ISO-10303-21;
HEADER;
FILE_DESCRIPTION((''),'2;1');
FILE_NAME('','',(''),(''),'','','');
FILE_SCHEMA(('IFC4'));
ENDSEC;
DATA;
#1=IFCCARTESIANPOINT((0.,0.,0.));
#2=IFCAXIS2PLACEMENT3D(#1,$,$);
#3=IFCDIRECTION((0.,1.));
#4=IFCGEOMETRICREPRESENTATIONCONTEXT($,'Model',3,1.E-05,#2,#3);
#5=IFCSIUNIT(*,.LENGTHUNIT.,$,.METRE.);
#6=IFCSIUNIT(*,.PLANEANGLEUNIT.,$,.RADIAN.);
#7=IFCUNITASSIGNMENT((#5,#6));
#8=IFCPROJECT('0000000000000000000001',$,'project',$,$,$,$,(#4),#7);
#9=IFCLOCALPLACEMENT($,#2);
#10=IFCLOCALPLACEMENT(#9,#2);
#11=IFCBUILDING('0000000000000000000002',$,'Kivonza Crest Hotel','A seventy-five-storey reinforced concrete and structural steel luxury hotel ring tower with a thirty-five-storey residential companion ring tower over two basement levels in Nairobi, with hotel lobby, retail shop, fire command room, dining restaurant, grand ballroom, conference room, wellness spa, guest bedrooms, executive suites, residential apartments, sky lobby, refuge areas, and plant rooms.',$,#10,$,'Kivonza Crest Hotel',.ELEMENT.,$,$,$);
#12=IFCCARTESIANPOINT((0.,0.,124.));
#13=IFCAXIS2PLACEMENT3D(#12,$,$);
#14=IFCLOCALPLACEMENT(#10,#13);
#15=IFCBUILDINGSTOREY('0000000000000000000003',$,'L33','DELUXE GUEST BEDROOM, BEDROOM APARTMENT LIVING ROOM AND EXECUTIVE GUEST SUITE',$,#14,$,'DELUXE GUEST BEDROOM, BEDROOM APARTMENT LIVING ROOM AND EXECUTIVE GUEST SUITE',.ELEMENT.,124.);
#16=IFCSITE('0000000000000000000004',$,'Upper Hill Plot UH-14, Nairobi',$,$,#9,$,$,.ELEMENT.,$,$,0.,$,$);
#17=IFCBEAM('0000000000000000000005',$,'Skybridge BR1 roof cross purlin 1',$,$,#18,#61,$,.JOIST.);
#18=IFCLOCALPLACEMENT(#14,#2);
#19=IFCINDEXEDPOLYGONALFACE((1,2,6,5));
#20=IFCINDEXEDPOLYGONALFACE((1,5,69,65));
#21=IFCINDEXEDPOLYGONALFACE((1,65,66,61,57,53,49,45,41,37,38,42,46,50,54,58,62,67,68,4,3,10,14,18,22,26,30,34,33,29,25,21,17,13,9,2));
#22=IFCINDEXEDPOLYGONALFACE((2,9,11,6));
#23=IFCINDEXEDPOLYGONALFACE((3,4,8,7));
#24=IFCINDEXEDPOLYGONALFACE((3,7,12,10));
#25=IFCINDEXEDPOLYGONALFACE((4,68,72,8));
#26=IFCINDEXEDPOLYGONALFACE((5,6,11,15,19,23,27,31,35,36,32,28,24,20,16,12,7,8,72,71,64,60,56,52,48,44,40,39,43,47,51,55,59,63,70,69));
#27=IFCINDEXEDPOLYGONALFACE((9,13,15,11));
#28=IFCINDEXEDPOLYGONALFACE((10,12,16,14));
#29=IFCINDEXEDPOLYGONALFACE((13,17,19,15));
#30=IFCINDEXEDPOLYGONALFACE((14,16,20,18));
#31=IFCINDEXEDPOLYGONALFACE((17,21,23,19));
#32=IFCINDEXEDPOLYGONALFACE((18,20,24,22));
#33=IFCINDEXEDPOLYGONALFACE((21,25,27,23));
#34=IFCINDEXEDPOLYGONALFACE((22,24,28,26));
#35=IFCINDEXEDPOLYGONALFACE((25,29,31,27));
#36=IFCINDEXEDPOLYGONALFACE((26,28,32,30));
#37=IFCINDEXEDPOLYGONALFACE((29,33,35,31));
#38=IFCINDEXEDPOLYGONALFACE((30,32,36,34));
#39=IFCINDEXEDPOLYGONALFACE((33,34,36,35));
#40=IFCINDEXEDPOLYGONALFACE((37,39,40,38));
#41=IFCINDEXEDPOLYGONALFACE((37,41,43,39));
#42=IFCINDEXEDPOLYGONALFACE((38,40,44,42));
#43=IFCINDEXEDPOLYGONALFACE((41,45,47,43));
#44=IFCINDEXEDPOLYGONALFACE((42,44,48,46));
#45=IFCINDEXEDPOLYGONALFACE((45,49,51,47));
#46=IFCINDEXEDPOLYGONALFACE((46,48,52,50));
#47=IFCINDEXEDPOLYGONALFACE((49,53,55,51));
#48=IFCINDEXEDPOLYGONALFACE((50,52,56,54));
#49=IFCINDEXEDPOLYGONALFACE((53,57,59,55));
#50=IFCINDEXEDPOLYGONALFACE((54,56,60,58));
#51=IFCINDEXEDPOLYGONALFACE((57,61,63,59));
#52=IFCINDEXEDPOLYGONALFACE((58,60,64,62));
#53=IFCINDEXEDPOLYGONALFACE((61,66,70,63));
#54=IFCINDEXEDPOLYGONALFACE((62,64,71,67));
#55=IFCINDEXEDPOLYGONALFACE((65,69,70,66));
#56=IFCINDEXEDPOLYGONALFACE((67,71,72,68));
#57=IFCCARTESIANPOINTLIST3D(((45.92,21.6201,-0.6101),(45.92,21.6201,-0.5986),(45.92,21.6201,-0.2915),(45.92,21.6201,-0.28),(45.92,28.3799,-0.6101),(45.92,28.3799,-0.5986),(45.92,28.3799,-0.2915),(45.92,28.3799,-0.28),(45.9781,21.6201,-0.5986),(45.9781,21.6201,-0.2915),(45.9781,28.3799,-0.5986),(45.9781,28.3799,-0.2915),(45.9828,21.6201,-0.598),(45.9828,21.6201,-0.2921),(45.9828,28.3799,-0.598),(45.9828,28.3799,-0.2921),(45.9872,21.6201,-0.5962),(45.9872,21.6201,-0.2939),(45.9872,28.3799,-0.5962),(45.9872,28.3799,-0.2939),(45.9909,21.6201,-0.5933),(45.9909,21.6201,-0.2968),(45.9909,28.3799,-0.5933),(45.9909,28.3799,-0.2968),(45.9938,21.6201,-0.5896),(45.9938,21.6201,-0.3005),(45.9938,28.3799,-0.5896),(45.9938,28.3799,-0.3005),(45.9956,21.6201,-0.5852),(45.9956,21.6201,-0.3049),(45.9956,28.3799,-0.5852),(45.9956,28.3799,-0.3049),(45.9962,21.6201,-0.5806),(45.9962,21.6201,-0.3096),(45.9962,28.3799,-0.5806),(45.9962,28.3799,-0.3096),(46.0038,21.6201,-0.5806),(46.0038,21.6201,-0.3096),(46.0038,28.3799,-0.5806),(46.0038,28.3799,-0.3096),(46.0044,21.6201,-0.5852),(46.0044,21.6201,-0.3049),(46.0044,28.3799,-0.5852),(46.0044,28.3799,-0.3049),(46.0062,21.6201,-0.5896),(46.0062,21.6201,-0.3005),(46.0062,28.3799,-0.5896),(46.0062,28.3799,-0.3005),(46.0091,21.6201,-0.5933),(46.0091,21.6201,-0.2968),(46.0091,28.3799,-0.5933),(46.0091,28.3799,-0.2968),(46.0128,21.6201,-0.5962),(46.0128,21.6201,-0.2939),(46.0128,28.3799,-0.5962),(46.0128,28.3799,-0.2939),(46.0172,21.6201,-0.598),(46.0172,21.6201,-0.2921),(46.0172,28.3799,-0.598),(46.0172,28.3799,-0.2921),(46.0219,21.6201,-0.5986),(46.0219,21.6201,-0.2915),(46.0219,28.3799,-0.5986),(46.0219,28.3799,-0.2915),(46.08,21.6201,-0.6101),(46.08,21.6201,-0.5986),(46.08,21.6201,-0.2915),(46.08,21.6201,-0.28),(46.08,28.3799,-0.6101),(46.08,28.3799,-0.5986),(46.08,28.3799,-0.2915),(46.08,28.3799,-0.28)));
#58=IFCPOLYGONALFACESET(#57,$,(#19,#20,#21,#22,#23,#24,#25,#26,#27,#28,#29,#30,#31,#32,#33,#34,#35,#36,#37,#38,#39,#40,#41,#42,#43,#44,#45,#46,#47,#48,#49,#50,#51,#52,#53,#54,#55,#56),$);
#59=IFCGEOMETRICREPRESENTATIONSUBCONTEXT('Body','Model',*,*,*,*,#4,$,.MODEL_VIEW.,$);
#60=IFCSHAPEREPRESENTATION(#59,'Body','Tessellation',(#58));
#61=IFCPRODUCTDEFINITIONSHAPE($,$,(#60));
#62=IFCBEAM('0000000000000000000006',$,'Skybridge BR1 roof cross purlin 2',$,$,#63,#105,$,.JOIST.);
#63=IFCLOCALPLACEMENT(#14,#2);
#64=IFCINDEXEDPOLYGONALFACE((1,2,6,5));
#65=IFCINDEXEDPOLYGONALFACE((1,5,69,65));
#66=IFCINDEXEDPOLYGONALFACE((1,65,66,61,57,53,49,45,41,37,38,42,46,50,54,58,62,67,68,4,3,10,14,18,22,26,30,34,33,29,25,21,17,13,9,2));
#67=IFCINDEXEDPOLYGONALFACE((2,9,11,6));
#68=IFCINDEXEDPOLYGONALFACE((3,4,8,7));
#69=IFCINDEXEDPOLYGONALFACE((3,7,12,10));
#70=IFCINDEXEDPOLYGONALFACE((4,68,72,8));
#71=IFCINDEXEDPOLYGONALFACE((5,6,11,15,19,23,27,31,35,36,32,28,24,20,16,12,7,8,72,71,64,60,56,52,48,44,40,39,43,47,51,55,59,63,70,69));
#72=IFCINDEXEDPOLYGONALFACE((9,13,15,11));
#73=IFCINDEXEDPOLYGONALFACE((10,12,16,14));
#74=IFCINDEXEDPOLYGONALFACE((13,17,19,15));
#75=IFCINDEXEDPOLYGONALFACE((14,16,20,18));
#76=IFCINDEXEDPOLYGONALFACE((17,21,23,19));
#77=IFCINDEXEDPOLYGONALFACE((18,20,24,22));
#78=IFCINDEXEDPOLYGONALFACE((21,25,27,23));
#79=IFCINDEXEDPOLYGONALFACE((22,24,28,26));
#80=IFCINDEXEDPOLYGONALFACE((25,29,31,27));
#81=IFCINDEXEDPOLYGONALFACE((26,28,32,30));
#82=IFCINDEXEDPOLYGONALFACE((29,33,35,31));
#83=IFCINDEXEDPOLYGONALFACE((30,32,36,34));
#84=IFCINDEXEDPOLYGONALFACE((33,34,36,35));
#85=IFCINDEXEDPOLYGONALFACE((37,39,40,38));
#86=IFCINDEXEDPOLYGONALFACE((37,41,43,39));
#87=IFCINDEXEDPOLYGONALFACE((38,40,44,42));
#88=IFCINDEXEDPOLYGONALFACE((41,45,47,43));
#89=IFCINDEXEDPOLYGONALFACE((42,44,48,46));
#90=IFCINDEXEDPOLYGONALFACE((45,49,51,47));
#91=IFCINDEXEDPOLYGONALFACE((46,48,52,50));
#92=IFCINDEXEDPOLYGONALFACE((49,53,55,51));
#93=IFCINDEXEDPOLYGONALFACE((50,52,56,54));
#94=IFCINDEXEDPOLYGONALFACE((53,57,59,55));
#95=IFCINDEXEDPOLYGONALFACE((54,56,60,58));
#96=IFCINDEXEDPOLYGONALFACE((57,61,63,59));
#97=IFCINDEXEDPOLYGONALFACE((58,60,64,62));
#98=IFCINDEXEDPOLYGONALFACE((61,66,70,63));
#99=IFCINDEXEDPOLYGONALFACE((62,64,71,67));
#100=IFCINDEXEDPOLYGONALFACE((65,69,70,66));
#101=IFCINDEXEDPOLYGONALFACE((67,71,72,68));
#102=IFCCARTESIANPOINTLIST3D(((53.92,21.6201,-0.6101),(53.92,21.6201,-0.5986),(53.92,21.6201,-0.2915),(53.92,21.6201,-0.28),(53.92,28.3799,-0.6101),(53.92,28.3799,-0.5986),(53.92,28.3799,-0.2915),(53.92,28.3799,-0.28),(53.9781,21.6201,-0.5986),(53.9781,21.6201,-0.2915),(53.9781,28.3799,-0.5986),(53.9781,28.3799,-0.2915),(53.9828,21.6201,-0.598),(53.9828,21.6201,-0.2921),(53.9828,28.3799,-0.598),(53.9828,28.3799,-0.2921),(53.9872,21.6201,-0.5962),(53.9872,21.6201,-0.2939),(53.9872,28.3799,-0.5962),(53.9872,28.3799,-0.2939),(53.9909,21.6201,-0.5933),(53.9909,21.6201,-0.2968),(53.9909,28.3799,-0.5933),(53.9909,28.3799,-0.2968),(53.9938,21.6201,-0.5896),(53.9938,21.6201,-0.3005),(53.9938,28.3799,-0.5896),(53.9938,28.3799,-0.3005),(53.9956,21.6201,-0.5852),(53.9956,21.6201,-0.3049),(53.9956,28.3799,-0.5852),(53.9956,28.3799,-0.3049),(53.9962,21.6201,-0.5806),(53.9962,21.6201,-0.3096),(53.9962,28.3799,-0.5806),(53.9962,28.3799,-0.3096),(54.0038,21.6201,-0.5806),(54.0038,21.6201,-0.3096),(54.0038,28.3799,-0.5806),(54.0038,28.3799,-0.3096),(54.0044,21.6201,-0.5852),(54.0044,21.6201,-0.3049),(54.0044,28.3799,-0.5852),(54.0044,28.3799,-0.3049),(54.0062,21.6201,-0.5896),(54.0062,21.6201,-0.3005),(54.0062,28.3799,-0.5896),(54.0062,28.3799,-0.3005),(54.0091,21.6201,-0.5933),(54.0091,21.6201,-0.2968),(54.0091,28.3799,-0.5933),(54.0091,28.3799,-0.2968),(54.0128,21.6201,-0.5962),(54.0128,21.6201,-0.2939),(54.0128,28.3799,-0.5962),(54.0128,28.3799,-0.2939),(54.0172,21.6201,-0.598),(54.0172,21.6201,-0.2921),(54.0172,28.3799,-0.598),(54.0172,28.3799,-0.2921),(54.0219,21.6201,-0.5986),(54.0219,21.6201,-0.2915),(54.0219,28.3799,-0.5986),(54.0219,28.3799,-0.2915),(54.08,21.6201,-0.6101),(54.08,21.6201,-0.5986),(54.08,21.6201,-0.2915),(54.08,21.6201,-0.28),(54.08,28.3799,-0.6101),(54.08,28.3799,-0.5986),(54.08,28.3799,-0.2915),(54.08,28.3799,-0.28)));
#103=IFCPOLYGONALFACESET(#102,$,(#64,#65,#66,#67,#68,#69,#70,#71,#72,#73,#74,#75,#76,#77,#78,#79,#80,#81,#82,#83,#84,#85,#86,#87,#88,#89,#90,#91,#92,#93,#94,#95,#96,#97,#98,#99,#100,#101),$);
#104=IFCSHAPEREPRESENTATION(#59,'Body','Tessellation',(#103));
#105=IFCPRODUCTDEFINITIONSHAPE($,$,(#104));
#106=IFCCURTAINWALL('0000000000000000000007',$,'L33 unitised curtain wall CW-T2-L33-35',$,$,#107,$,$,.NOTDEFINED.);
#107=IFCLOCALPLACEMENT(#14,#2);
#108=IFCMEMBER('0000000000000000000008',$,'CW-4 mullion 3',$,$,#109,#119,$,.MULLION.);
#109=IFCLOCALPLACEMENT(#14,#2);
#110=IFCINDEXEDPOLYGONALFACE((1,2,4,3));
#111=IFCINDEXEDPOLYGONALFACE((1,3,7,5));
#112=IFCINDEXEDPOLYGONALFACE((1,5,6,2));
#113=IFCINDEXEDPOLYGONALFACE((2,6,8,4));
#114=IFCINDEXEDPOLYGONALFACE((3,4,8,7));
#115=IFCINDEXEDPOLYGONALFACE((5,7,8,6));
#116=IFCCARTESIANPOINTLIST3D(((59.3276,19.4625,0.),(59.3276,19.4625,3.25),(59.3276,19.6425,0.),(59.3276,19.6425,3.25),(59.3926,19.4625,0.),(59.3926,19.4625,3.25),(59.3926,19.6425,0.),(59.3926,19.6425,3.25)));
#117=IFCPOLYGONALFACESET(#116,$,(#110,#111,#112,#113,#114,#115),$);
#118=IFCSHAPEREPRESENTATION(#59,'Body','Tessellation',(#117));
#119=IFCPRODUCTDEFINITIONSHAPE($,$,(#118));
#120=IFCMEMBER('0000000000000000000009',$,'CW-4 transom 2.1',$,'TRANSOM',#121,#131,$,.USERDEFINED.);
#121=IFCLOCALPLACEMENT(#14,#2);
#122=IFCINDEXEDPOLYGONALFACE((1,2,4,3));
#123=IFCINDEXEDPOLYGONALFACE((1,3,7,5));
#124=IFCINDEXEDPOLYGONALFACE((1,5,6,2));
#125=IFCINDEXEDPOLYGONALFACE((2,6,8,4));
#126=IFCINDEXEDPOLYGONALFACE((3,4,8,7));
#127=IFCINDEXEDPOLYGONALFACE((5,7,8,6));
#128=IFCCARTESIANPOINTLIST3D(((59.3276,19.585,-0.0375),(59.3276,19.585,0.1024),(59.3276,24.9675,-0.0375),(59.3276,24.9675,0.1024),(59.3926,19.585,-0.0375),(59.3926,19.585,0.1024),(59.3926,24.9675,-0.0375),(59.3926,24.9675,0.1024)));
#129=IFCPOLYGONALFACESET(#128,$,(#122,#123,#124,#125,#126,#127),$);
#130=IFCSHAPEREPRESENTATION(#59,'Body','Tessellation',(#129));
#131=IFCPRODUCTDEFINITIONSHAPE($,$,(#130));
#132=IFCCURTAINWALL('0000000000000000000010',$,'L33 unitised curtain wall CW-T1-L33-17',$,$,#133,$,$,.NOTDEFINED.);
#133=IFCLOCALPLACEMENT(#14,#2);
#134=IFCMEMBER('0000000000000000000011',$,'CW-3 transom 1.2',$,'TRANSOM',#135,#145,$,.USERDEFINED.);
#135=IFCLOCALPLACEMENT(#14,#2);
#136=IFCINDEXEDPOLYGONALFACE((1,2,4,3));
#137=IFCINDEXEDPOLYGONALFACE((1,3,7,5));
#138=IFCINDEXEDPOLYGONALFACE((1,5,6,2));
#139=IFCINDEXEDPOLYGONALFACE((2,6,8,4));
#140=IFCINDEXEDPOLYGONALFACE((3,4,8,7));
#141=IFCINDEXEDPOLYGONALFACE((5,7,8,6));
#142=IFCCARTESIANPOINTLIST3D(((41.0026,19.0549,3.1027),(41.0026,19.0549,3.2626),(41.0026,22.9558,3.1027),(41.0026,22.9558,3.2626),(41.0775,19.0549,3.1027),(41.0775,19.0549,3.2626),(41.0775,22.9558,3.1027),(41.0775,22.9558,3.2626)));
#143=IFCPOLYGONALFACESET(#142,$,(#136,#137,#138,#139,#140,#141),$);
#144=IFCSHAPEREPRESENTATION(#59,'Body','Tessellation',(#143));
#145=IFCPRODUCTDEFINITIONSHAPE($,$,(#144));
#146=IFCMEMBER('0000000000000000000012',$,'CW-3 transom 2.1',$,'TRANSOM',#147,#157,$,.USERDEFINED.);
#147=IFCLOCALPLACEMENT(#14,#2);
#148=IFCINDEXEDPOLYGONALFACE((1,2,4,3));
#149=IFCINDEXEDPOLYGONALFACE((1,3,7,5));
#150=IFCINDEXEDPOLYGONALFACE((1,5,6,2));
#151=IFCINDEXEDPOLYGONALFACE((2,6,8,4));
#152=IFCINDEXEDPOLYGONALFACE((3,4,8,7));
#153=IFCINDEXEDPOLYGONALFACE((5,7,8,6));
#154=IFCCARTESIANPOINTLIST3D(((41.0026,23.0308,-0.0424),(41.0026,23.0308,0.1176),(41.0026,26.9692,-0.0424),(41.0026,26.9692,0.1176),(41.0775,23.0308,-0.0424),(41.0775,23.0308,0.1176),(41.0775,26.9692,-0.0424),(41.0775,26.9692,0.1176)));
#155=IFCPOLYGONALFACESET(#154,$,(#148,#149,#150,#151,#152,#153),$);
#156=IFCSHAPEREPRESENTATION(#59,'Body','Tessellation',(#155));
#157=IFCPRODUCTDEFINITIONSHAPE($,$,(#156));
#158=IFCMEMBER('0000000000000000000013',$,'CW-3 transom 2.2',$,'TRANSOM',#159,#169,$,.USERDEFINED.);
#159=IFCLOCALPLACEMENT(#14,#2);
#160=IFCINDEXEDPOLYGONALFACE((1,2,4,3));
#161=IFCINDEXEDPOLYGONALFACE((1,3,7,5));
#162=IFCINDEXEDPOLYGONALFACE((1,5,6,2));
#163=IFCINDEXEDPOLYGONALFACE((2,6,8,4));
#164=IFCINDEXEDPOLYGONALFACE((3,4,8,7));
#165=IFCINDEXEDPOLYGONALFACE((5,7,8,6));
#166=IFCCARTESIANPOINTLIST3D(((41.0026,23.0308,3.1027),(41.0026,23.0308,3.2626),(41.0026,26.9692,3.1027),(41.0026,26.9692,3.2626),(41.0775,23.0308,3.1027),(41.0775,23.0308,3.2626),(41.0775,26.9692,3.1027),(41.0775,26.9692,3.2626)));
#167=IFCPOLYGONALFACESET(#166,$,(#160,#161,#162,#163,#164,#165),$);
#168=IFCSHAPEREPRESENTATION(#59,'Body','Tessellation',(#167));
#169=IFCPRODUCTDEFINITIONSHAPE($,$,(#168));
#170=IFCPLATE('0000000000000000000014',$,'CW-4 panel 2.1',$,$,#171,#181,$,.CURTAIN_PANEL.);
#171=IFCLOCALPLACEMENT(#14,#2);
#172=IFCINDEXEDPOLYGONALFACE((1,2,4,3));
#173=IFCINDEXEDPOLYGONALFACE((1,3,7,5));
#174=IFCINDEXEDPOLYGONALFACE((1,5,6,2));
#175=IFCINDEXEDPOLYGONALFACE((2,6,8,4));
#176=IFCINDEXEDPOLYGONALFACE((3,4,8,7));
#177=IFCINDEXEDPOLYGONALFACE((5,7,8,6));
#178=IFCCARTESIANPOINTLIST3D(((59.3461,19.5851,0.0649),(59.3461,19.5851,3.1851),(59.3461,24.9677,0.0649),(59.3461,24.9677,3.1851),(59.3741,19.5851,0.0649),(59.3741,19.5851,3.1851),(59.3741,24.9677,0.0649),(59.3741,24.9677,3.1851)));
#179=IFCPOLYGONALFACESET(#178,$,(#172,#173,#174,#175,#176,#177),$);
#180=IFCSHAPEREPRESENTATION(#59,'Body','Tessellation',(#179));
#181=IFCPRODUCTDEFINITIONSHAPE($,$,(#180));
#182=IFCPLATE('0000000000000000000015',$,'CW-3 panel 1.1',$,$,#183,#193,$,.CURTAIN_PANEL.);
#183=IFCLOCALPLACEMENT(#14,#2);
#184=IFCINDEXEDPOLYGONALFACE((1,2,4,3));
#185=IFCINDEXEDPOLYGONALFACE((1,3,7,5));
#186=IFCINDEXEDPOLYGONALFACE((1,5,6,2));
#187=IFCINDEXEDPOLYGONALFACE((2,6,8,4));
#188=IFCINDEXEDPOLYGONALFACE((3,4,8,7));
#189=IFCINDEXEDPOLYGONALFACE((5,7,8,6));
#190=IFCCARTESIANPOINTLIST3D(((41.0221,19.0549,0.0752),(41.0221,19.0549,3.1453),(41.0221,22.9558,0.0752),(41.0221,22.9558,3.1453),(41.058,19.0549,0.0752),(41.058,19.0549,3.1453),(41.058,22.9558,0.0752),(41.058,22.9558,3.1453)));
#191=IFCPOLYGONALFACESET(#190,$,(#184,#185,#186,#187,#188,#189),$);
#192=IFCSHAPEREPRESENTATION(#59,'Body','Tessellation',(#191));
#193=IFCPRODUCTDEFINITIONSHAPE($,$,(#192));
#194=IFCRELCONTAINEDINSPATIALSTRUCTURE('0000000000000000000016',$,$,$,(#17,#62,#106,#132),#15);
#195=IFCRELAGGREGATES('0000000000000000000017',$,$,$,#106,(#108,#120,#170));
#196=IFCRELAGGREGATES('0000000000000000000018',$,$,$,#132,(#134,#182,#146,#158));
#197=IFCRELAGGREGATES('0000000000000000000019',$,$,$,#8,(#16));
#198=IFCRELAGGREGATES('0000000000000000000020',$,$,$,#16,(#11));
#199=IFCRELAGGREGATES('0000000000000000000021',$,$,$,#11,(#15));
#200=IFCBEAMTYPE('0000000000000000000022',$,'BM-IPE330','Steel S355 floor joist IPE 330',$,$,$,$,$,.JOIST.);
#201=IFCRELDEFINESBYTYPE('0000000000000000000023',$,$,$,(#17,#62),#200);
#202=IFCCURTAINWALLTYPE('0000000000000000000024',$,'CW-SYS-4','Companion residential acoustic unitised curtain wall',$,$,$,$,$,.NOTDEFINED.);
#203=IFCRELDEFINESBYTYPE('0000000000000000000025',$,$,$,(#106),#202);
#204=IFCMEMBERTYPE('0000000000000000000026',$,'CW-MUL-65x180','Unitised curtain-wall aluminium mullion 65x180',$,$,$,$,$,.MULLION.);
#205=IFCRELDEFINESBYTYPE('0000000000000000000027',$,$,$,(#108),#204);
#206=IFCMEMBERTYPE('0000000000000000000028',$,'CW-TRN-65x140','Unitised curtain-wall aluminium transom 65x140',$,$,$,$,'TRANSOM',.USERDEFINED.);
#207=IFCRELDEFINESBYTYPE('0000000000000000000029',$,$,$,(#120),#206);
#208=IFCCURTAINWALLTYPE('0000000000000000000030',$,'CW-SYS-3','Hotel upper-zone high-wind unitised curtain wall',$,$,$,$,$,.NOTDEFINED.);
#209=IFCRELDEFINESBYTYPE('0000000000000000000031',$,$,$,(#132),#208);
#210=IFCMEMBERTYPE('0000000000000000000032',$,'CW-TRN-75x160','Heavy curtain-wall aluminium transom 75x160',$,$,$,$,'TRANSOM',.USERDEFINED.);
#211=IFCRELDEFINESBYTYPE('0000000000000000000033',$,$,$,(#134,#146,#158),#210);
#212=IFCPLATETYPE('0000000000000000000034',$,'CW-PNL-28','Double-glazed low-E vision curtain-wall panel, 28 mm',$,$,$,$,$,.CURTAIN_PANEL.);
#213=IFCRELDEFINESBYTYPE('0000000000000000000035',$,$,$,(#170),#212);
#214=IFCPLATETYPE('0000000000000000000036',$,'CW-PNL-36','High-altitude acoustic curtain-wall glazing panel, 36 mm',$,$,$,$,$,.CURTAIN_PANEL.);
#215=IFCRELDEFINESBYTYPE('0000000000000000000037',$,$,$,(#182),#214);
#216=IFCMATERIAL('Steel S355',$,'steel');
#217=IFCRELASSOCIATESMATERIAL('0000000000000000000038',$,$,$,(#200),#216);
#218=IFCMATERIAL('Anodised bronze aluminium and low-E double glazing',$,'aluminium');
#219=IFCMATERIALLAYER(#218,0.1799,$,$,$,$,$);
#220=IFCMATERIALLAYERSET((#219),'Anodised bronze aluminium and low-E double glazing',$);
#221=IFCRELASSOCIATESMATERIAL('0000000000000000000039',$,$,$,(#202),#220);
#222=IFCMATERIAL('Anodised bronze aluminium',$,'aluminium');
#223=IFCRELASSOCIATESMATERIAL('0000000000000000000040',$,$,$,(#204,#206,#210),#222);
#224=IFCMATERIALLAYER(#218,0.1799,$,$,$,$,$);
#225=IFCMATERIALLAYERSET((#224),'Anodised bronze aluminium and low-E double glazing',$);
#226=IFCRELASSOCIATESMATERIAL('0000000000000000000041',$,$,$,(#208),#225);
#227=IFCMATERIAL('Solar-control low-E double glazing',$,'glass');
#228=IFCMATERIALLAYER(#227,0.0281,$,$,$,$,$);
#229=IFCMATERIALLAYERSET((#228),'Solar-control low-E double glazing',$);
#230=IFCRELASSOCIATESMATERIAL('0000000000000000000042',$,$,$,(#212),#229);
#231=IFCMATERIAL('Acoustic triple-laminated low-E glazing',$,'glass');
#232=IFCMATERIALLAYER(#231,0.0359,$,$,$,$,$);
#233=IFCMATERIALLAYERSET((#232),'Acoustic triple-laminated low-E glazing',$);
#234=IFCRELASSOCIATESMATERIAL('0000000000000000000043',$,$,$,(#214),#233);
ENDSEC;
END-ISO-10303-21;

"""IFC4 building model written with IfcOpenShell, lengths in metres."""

from ifc_helpers import new_model, si_unit, direction, frame, origin, origin_2d, place, context, subcontext, project, spatial, rectangle, i_section, extrude, material, layer, layer_set, material_profile, profile_set, type_object, element, aggregate, save


model = new_model("IFC4")

# Units and contexts
model_context = context("Model", 3, precision=1e-05, world=origin(), true_north=direction((0.0, 1.0)))
body_context = subcontext(model_context, "Body", "Model", "MODEL_VIEW")
ifc_project = project(units=[si_unit("LENGTHUNIT", "METRE"), si_unit("PLANEANGLEUNIT", "RADIAN")], contexts=[model_context])

# Site, building, storey
site_placement = place(None, origin())
site = spatial("IfcSite", under=ifc_project, at=site_placement, Name="Upper Hill Plot UH-14, Nairobi", CompositionType="ELEMENT", RefElevation=0.0)
building_placement = place(site_placement, origin())
building = spatial("IfcBuilding", under=site, at=building_placement, Name="Kivonza Crest Hotel", Description="A seventy-five-storey reinforced concrete and structural steel luxury hotel ring tower with a thirty-five-storey residential companion ring tower over two basement levels in Nairobi, with hotel lobby, retail shop, fire command room, dining restaurant, grand ballroom, conference room, wellness spa, guest bedrooms, executive suites, residential apartments, sky lobby, refuge areas, and plant rooms.", LongName="Kivonza Crest Hotel", CompositionType="ELEMENT")
storey_placement = place(building_placement, frame((0.0, 0.0, 124.0)))
storey = spatial("IfcBuildingStorey", under=building, at=storey_placement, Name="L33", Description="DELUXE GUEST BEDROOM, BEDROOM APARTMENT LIVING ROOM AND EXECUTIVE GUEST SUITE", LongName="DELUXE GUEST BEDROOM, BEDROOM APARTMENT LIVING ROOM AND EXECUTIVE GUEST SUITE", CompositionType="ELEMENT", Elevation=124.0)

# Beams
ifc_material_1 = material(Name="Steel S355", Category="steel")
ifc_material_profile_1 = material_profile(ifc_material_1, i_section(OverallWidth=0.1599, OverallDepth=0.3301, WebThickness=0.0076, FlangeThickness=0.0115, FilletRadius=0.0181, at=origin_2d()), Name="IPE 330")
ifc_profile_set_1 = profile_set([ifc_material_profile_1], Name="Steel S355")
beam_type = type_object("IfcBeamType", Name="BM-IPE330", Description="Steel S355 floor joist IPE 330", PredefinedType="JOIST", material=ifc_profile_set_1)
for number, where, z_axis, x_axis, name in (
    (1, (46.0, 21.6201, -0.4451), (0.0, 1.0, 0.0), (-1.0, 0.0, 0.0), "Skybridge BR1 roof cross purlin 1"),
    (2, (54.0, 21.6201, -0.4451), (0.0, 1.0, 0.0), (-1.0, 0.0, 0.0), "Skybridge BR1 roof cross purlin 2"),
):
    element("IfcBeam", number, at=place(storey_placement, frame(where, z_axis=z_axis, x_axis=x_axis)), inside=storey, type_object=beam_type, Name=name, PredefinedType="JOIST", context=body_context, shape_type="SweptSolid", body=[
        extrude(i_section(OverallWidth=0.1599, OverallDepth=0.3301, WebThickness=0.0076, FlangeThickness=0.0115, FilletRadius=0.0181, at=origin_2d()), origin(), (0.0, 0.0, 1.0), 6.7598),
    ])

# Curtain walls, members
ifc_material_2 = material(Name="Anodised bronze aluminium and low-E double glazing", Category="aluminium")
ifc_layer_1 = layer(ifc_material_2, 0.1799)
ifc_layer_set_1 = layer_set([ifc_layer_1], Name="Anodised bronze aluminium and low-E double glazing")
curtain_wall_type_1 = type_object("IfcCurtainWallType", Name="CW-SYS-4", Description="Companion residential acoustic unitised curtain wall", PredefinedType="NOTDEFINED", material=ifc_layer_set_1)
curtain_wall_1_placement = place(storey_placement, origin())
curtain_wall_1 = element("IfcCurtainWall", 3, at=curtain_wall_1_placement, inside=storey, type_object=curtain_wall_type_1, Name="L33 unitised curtain wall CW-T2-L33-35", PredefinedType="NOTDEFINED")
ifc_material_3 = material(Name="Anodised bronze aluminium", Category="aluminium")
ifc_material_profile_2 = material_profile(ifc_material_3, rectangle(XDim=0.0649, YDim=0.1799, at=origin_2d()), Name="CW-M 65x180")
ifc_profile_set_2 = profile_set([ifc_material_profile_2], Name="Anodised bronze aluminium")
member_type_1 = type_object("IfcMemberType", Name="CW-MUL-65x180", Description="Unitised curtain-wall aluminium mullion 65x180", PredefinedType="MULLION", material=ifc_profile_set_2)
member_1_placement = place(storey_placement, frame((59.3601, 19.5525, 0.0), z_axis=(0.0, 0.0, 1.0), x_axis=(1.0, 0.0, 0.0)))
member_1 = element("IfcMember", 4, at=member_1_placement, type_object=member_type_1, Name="CW-4 mullion 3", PredefinedType="MULLION", context=body_context, shape_type="SweptSolid", body=[
    extrude(rectangle(XDim=0.0649, YDim=0.1799, at=origin_2d()), origin(), (0.0, 0.0, 1.0), 3.25),
])
ifc_material_profile_3 = material_profile(ifc_material_3, rectangle(XDim=0.0649, YDim=0.1399, at=origin_2d()), Name="CW-T 65x140")
ifc_profile_set_3 = profile_set([ifc_material_profile_3], Name="Anodised bronze aluminium")
member_type_2 = type_object("IfcMemberType", Name="CW-TRN-65x140", Description="Unitised curtain-wall aluminium transom 65x140", ElementType="TRANSOM", PredefinedType="USERDEFINED", material=ifc_profile_set_3)
member_2_placement = place(storey_placement, frame((59.3601, 24.9675, 0.0325), z_axis=(0.0, -1.0, 0.0), x_axis=(1.0, 0.0, 0.0)))
member_2 = element("IfcMember", 5, at=member_2_placement, type_object=member_type_2, Name="CW-4 transom 2.1", ObjectType="TRANSOM", PredefinedType="USERDEFINED", context=body_context, shape_type="SweptSolid", body=[
    extrude(rectangle(XDim=0.0649, YDim=0.1399, at=origin_2d()), origin(), (0.0, 0.0, 1.0), 5.3826),
])
ifc_layer_2 = layer(ifc_material_2, 0.1799)
ifc_layer_set_2 = layer_set([ifc_layer_2], Name="Anodised bronze aluminium and low-E double glazing")
curtain_wall_type_2 = type_object("IfcCurtainWallType", Name="CW-SYS-3", Description="Hotel upper-zone high-wind unitised curtain wall", PredefinedType="NOTDEFINED", material=ifc_layer_set_2)
curtain_wall_2_placement = place(storey_placement, origin())
curtain_wall_2 = element("IfcCurtainWall", 6, at=curtain_wall_2_placement, inside=storey, type_object=curtain_wall_type_2, Name="L33 unitised curtain wall CW-T1-L33-17", PredefinedType="NOTDEFINED")
ifc_material_profile_4 = material_profile(ifc_material_3, rectangle(XDim=0.075, YDim=0.1599, at=origin_2d()), Name="CW-T 75x160")
ifc_profile_set_4 = profile_set([ifc_material_profile_4], Name="Anodised bronze aluminium")
member_type_3 = type_object("IfcMemberType", Name="CW-TRN-75x160", Description="Heavy curtain-wall aluminium transom 75x160", ElementType="TRANSOM", PredefinedType="USERDEFINED", material=ifc_profile_set_4)
member_3_placement = place(storey_placement, frame((41.04, 19.0549, 3.1826), z_axis=(0.0, 1.0, 0.0), x_axis=(-1.0, 0.0, 0.0)))
member_3 = element("IfcMember", 7, at=member_3_placement, type_object=member_type_3, Name="CW-3 transom 1.2", ObjectType="TRANSOM", PredefinedType="USERDEFINED", context=body_context, shape_type="SweptSolid", body=[
    extrude(rectangle(XDim=0.075, YDim=0.1599, at=origin_2d()), origin(), (0.0, 0.0, 1.0), 3.9009),
])
member_4_placement = place(storey_placement, frame((41.04, 23.0308, 0.0376), z_axis=(0.0, 1.0, 0.0), x_axis=(-1.0, 0.0, 0.0)))
member_4 = element("IfcMember", 8, at=member_4_placement, type_object=member_type_3, Name="CW-3 transom 2.1", ObjectType="TRANSOM", PredefinedType="USERDEFINED", context=body_context, shape_type="SweptSolid", body=[
    extrude(rectangle(XDim=0.075, YDim=0.1599, at=origin_2d()), origin(), (0.0, 0.0, 1.0), 3.9385),
])
member_5_placement = place(storey_placement, frame((41.04, 23.0308, 3.1826), z_axis=(0.0, 1.0, 0.0), x_axis=(-1.0, 0.0, 0.0)))
member_5 = element("IfcMember", 9, at=member_5_placement, type_object=member_type_3, Name="CW-3 transom 2.2", ObjectType="TRANSOM", PredefinedType="USERDEFINED", context=body_context, shape_type="SweptSolid", body=[
    extrude(rectangle(XDim=0.075, YDim=0.1599, at=origin_2d()), origin(), (0.0, 0.0, 1.0), 3.9385),
])

# Plates
ifc_material_4 = material(Name="Solar-control low-E double glazing", Category="glass")
ifc_layer_3 = layer(ifc_material_4, 0.0281)
ifc_layer_set_3 = layer_set([ifc_layer_3], Name="Solar-control low-E double glazing")
plate_type_1 = type_object("IfcPlateType", Name="CW-PNL-28", Description="Double-glazed low-E vision curtain-wall panel, 28 mm", PredefinedType="CURTAIN_PANEL", material=ifc_layer_set_3)
plate_1_placement = place(storey_placement, frame((59.3601, 22.2764, 0.0649), z_axis=(0.0, 0.0, 1.0), x_axis=(0.0, -1.0, 0.0)))
plate_1 = element("IfcPlate", 10, at=plate_1_placement, type_object=plate_type_1, Name="CW-4 panel 2.1", PredefinedType="CURTAIN_PANEL", context=body_context, shape_type="SweptSolid", body=[
    extrude(rectangle(XDim=5.3826, YDim=0.0281, at=origin_2d()), origin(), (0.0, 0.0, 1.0), 3.1201),
])
aggregate(curtain_wall_1, [member_1, member_2, plate_1])
ifc_material_5 = material(Name="Acoustic triple-laminated low-E glazing", Category="glass")
ifc_layer_4 = layer(ifc_material_5, 0.0359)
ifc_layer_set_4 = layer_set([ifc_layer_4], Name="Acoustic triple-laminated low-E glazing")
plate_type_2 = type_object("IfcPlateType", Name="CW-PNL-36", Description="High-altitude acoustic curtain-wall glazing panel, 36 mm", PredefinedType="CURTAIN_PANEL", material=ifc_layer_set_4)
plate_2_placement = place(storey_placement, frame((41.04, 21.0054, 0.0752), z_axis=(0.0, 0.0, 1.0), x_axis=(0.0, 1.0, 0.0)))
plate_2 = element("IfcPlate", 11, at=plate_2_placement, type_object=plate_type_2, Name="CW-3 panel 1.1", PredefinedType="CURTAIN_PANEL", context=body_context, shape_type="SweptSolid", body=[
    extrude(rectangle(XDim=3.9009, YDim=0.0359, at=origin_2d()), origin(), (0.0, 0.0, 1.0), 3.0701),
])
aggregate(curtain_wall_2, [member_3, plate_2, member_4, member_5])

save(model, "model.ifc")
